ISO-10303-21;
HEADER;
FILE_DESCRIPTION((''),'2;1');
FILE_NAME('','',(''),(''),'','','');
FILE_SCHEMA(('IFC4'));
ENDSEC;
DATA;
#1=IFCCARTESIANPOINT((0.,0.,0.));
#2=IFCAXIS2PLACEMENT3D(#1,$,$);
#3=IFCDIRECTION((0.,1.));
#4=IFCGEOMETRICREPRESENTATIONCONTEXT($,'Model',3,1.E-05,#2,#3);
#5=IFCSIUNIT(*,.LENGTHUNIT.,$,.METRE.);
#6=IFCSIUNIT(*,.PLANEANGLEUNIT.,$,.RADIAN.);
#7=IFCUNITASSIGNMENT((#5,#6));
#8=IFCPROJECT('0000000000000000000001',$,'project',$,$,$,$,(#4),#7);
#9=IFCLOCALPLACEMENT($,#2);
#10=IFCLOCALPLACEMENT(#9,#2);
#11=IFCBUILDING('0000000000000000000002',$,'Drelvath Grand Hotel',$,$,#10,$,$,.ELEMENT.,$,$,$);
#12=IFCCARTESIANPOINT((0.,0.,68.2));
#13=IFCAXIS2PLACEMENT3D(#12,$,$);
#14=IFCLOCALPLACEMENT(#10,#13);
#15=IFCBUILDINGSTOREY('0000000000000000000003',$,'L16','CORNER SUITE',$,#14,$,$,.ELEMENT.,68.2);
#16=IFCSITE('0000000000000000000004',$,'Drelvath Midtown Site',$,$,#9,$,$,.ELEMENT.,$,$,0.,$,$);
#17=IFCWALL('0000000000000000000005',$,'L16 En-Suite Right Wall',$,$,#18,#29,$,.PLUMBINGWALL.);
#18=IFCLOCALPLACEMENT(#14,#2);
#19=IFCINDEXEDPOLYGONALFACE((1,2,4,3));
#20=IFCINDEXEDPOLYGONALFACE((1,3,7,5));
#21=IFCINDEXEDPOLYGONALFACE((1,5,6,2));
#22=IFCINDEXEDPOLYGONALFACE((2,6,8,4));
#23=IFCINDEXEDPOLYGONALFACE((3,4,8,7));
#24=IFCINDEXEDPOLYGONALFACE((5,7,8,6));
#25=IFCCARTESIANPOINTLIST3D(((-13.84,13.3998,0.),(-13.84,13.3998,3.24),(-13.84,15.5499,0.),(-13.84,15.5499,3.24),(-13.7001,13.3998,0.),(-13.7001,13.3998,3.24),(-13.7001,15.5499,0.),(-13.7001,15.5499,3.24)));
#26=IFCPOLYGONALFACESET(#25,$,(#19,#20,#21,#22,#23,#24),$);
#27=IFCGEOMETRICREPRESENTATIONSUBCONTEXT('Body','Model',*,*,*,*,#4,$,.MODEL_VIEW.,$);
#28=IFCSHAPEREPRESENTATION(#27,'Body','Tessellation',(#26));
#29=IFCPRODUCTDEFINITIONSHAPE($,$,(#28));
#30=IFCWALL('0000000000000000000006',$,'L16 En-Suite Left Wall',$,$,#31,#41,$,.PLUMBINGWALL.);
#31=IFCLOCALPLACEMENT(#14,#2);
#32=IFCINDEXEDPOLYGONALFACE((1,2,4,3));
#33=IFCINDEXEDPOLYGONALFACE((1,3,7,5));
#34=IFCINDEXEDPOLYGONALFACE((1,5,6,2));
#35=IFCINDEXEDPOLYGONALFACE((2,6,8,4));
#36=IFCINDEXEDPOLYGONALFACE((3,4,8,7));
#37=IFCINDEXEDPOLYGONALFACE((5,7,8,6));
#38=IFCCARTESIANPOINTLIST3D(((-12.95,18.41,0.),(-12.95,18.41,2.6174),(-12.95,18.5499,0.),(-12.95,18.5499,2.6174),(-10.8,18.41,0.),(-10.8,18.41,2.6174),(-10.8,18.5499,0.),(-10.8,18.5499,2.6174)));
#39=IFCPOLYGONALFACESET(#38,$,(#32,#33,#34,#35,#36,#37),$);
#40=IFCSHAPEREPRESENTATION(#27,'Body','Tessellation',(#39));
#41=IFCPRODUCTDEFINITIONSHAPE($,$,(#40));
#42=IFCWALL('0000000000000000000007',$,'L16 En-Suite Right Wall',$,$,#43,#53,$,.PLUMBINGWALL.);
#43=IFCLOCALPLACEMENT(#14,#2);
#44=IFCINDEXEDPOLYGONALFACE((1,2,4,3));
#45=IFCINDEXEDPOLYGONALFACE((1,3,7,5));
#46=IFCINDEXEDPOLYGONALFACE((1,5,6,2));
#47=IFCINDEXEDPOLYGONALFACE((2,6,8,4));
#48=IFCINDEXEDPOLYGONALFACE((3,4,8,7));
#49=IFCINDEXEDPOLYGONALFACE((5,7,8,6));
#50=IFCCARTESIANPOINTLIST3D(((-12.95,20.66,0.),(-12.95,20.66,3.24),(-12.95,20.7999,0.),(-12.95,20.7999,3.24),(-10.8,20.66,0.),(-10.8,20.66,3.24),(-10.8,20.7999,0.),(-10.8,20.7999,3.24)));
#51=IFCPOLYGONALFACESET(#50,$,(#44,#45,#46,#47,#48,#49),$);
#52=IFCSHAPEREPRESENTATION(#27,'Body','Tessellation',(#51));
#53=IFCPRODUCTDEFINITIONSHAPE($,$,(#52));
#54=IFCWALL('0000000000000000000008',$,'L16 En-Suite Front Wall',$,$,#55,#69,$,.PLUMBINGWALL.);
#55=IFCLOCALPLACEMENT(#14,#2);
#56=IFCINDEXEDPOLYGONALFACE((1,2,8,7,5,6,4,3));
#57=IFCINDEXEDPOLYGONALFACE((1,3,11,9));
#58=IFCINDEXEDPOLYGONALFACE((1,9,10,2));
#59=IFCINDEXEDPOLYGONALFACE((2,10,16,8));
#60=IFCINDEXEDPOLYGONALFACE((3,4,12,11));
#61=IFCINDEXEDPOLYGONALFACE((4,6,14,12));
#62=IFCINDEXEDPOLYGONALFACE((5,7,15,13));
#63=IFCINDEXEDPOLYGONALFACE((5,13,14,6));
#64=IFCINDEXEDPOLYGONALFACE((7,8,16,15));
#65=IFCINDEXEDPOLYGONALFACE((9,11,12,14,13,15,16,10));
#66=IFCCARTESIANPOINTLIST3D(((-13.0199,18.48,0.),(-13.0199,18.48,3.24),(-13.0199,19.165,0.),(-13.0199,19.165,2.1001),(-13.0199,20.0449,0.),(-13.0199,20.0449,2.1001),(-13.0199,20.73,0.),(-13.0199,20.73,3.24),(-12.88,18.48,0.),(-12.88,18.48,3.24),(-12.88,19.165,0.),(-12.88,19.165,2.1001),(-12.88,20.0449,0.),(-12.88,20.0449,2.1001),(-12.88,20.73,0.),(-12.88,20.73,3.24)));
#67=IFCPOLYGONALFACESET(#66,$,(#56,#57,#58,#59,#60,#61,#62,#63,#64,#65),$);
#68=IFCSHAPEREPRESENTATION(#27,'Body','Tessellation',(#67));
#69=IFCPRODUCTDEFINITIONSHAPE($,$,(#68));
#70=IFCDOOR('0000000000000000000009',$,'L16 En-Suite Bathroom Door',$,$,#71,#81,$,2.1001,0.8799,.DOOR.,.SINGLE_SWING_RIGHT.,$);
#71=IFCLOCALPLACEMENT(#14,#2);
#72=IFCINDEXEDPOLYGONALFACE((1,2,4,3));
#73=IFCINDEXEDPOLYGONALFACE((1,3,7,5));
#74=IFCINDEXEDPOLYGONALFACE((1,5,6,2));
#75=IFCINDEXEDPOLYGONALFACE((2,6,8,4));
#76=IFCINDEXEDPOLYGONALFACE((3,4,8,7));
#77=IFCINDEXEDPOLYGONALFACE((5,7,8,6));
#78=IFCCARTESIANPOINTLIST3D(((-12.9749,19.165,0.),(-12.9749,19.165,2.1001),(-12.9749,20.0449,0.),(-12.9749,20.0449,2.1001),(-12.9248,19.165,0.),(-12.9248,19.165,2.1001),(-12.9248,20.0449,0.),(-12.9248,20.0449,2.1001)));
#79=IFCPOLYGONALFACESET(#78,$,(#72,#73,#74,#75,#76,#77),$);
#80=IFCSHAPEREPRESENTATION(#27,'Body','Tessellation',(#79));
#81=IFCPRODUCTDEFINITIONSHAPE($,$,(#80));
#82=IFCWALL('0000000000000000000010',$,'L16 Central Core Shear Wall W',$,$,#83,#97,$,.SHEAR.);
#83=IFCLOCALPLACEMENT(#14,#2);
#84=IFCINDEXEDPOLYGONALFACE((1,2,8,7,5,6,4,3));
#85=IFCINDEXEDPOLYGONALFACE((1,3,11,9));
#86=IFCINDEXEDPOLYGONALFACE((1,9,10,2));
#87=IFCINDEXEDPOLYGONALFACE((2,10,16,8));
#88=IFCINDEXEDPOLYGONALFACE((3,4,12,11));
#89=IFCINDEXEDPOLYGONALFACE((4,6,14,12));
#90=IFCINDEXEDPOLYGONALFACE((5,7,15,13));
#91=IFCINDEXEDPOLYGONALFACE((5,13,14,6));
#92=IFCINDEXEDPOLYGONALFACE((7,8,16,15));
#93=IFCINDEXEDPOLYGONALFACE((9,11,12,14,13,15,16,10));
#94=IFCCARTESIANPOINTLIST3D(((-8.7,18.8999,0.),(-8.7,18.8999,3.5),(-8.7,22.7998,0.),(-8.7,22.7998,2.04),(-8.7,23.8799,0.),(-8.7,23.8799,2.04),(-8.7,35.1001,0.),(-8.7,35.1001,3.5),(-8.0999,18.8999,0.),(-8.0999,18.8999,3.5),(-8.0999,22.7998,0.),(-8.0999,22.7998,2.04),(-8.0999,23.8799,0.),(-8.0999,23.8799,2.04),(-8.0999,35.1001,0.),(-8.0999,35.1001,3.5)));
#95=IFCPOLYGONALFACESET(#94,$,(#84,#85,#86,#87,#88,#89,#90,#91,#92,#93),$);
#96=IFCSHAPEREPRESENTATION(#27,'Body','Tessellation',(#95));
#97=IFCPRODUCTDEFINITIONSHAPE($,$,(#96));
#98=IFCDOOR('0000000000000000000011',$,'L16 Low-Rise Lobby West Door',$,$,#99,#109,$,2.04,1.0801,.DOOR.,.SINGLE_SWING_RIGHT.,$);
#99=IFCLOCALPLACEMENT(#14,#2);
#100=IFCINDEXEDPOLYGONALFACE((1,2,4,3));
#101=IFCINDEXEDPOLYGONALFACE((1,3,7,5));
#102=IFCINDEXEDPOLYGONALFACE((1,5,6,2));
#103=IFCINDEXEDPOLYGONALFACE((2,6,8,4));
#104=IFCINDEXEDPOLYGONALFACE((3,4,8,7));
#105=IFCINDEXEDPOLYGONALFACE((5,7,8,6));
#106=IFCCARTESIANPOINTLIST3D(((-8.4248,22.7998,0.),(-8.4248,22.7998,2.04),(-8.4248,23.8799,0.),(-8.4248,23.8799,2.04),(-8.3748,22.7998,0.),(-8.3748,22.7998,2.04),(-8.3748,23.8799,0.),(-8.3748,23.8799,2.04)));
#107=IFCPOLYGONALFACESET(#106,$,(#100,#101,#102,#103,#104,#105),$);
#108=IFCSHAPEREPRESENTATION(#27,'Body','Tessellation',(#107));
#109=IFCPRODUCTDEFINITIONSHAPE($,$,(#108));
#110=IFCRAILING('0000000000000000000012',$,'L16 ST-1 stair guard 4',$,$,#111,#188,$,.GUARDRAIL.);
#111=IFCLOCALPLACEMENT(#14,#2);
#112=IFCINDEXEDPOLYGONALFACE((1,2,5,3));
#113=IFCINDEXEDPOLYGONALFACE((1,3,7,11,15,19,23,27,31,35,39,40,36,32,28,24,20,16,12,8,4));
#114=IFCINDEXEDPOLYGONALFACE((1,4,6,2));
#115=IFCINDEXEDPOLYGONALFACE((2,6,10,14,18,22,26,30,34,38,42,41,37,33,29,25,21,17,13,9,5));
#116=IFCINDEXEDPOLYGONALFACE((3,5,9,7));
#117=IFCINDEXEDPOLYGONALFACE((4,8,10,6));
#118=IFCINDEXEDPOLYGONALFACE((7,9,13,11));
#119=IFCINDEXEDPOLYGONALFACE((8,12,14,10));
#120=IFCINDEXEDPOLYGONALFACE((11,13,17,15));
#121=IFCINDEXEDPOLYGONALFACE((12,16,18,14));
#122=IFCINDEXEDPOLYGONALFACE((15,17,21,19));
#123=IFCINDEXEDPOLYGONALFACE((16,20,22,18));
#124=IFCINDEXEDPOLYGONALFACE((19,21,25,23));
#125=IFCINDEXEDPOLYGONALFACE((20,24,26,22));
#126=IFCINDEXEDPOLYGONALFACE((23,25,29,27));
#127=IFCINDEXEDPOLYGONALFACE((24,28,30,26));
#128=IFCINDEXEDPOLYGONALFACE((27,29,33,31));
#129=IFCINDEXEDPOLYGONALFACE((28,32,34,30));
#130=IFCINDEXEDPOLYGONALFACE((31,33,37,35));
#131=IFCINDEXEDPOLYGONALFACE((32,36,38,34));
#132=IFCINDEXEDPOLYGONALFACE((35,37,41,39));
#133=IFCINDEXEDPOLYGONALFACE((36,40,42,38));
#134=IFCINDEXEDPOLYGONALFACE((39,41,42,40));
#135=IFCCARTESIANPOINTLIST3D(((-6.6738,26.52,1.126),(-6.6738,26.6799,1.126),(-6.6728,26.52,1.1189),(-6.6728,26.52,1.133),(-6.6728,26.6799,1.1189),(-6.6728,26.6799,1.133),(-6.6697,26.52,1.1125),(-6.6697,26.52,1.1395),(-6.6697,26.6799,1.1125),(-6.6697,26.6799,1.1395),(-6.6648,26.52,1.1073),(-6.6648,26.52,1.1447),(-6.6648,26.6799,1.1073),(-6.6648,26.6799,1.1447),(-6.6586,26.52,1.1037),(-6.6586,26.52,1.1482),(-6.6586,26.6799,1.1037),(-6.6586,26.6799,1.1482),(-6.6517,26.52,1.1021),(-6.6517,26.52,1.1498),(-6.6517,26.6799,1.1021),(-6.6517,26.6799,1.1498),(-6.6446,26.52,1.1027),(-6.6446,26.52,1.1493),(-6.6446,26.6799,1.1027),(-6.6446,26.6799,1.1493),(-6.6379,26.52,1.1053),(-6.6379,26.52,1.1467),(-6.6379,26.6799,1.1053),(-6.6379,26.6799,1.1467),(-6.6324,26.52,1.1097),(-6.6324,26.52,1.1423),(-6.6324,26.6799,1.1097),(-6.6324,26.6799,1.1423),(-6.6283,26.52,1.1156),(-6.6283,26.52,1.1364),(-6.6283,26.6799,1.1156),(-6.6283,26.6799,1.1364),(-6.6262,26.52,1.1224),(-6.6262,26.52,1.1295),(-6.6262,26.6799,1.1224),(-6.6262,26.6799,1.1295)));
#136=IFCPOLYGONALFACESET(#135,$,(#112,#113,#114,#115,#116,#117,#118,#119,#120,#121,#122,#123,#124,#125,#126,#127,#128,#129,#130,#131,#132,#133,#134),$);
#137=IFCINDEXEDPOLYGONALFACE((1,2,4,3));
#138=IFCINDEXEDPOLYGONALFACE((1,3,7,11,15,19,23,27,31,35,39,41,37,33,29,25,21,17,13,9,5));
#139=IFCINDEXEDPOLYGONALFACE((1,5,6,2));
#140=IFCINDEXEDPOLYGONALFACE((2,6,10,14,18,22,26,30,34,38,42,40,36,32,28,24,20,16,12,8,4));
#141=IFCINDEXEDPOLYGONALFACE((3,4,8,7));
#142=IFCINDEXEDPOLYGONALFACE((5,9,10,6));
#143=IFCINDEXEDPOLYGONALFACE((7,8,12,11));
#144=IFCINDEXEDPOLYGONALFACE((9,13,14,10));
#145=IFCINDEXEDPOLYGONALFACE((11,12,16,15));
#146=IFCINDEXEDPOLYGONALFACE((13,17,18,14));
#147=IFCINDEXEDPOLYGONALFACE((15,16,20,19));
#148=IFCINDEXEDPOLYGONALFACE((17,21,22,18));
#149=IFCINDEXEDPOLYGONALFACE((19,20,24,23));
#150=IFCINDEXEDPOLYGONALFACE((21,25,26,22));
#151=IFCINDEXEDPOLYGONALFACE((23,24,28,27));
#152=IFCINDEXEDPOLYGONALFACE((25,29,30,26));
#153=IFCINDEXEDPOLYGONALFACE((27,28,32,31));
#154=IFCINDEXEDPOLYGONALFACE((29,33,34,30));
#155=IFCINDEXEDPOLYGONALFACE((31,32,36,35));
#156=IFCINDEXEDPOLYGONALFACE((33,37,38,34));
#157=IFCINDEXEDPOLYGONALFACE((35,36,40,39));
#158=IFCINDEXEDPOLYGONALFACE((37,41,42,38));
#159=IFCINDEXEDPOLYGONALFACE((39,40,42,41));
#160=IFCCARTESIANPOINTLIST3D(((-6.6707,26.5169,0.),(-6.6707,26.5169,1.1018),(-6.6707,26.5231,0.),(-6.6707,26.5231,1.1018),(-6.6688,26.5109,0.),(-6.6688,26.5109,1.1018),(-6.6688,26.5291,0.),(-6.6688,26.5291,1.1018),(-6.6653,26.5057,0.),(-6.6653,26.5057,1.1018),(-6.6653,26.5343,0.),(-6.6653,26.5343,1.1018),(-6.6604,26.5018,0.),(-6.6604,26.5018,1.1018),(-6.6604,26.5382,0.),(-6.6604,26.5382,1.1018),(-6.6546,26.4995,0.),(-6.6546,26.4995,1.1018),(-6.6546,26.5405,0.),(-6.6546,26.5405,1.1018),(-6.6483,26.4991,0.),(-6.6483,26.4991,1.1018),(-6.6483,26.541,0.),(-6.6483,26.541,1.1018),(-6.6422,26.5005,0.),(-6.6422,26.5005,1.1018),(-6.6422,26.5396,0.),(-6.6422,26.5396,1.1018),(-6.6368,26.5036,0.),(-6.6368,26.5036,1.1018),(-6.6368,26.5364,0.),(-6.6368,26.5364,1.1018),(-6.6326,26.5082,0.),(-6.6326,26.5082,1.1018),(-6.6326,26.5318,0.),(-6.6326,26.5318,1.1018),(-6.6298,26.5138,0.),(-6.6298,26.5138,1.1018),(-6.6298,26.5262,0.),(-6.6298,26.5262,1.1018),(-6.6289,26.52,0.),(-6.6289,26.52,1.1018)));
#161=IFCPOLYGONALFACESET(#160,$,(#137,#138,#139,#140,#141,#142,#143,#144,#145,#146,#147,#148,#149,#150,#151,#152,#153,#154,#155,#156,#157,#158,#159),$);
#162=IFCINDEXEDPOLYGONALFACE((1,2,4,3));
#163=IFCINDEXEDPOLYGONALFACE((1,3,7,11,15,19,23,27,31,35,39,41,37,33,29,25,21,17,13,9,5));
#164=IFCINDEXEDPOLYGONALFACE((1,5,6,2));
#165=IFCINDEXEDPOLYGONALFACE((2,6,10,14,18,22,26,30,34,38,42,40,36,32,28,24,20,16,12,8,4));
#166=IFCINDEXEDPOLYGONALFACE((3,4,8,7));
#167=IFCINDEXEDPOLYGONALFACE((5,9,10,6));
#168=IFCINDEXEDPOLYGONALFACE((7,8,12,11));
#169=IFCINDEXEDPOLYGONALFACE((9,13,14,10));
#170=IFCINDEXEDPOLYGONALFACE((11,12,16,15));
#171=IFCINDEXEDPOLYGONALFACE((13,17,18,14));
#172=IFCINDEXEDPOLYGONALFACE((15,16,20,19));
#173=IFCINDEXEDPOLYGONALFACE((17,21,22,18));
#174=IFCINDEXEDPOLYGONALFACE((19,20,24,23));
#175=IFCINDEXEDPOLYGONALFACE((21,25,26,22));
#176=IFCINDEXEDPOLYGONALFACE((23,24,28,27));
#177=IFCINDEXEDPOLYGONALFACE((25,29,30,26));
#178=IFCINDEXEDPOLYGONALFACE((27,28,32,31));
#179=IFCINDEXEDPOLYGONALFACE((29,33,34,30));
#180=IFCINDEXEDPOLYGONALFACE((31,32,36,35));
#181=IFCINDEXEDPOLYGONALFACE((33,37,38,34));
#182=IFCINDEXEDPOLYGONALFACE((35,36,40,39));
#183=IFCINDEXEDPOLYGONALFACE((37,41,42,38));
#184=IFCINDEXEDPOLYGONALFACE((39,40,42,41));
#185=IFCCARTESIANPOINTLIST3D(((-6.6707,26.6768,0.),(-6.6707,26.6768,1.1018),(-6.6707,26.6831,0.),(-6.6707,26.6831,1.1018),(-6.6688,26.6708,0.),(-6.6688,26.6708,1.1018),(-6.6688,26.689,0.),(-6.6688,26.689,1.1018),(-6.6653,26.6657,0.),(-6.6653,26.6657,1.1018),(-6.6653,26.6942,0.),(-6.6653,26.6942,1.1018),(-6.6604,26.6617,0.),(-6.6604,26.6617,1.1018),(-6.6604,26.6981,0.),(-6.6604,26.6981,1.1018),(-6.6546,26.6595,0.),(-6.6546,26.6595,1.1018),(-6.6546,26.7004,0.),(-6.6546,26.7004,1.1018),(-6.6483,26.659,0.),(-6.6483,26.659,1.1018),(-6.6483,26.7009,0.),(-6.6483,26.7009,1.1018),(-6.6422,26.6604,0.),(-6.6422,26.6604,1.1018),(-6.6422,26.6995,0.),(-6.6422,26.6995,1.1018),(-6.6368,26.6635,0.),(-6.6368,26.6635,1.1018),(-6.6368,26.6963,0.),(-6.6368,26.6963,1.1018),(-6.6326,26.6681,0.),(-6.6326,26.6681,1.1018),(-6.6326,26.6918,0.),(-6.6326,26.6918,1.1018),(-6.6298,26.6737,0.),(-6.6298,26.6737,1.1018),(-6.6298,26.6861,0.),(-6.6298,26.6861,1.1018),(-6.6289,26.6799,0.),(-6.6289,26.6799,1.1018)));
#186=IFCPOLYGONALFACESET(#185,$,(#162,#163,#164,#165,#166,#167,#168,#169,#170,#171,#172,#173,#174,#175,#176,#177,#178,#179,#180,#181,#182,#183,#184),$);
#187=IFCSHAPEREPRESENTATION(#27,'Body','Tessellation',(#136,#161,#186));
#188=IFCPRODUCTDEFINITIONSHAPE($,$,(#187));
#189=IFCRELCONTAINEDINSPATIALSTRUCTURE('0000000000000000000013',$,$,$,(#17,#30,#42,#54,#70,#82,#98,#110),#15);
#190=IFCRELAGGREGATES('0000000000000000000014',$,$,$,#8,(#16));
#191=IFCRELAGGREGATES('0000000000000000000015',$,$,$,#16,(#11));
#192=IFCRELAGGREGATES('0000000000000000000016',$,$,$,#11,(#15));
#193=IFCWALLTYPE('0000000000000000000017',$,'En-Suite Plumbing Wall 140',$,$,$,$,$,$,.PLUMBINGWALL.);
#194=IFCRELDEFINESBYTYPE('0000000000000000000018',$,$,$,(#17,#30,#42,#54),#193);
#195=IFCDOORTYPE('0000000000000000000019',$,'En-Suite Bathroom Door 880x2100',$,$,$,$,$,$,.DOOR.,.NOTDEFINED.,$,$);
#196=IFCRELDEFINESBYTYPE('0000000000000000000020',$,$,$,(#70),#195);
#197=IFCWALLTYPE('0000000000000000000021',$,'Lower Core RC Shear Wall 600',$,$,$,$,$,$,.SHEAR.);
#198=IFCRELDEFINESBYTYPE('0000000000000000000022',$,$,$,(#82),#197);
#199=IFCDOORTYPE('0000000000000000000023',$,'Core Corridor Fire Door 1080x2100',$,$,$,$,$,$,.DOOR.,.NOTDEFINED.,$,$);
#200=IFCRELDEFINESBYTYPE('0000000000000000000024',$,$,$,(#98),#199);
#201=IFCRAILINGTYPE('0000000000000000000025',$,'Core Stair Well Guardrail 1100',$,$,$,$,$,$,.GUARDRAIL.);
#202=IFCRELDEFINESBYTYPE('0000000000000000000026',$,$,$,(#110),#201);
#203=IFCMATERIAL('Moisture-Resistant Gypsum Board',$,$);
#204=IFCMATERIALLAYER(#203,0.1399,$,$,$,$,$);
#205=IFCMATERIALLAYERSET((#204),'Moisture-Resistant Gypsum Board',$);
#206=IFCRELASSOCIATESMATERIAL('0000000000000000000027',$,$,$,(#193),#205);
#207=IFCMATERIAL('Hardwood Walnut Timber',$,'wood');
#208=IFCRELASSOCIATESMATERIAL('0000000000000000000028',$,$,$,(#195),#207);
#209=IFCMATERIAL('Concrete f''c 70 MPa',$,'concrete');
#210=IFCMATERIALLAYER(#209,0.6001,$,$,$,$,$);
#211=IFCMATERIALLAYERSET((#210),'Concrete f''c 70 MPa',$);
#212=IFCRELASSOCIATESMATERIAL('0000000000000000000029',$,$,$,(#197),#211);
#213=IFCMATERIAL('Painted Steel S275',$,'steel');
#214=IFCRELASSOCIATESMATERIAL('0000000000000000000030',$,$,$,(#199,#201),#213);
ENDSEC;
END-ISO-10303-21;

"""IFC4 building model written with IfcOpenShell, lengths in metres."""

from ifc_helpers import new_model, si_unit, direction, frame, frame_2d, origin, origin_2d, place, context, subcontext, project, spatial, rectangle, circle, extrude, material, layer, layer_set, type_object, element, fill, save


model = new_model("IFC4")

# Units and contexts
model_context = context("Model", 3, precision=1e-05, world=origin(), true_north=direction((0.0, 1.0)))
body_context = subcontext(model_context, "Body", "Model", "MODEL_VIEW")
ifc_project = project(units=[si_unit("LENGTHUNIT", "METRE"), si_unit("PLANEANGLEUNIT", "RADIAN")], contexts=[model_context])

# Site, building, storey
site_placement = place(None, origin())
site = spatial("IfcSite", under=ifc_project, at=site_placement, Name="Drelvath Midtown Site", CompositionType="ELEMENT", RefElevation=0.0)
building_placement = place(site_placement, origin())
building = spatial("IfcBuilding", under=site, at=building_placement, Name="Drelvath Grand Hotel", CompositionType="ELEMENT")
storey_placement = place(building_placement, frame((0.0, 0.0, 68.2)))
storey = spatial("IfcBuildingStorey", under=building, at=storey_placement, Name="L16", Description="CORNER SUITE", CompositionType="ELEMENT", Elevation=68.2)

# Shared definitions
ifc_material_1 = material(Name="Concrete f'c 70 MPa", Category="concrete")

# Shared definitions
ifc_material_2 = material(Name="Painted Steel S275", Category="steel")

# Shared definitions
ifc_material_3 = material(Name="Hardwood Walnut Timber", Category="wood")

# Walls
ifc_material_4 = material(Name="Moisture-Resistant Gypsum Board")
ifc_layer_1 = layer(ifc_material_4, 0.1399)
ifc_layer_set_1 = layer_set([ifc_layer_1], Name="Moisture-Resistant Gypsum Board")
wall_type_1 = type_object("IfcWallType", Name="En-Suite Plumbing Wall 140", PredefinedType="PLUMBINGWALL", material=ifc_layer_set_1)
wall_1_placement = place(storey_placement, frame((-13.77, 15.55, 0.0), z_axis=(0.0, 0.0, 1.0), x_axis=(0.0, -1.0, 0.0)))
element("IfcWall", 1, at=wall_1_placement, inside=storey, type_object=wall_type_1, Name="L16 En-Suite Right Wall", PredefinedType="PLUMBINGWALL", context=body_context, shape_type="SweptSolid", body=[
    extrude(rectangle(XDim=2.1501, YDim=0.1399, at=frame_2d((1.0752, 0.0))), origin(), (0.0, 0.0, 1.0), 3.24),
])
wall_2_placement = place(storey_placement, frame((-10.8, 18.48, 0.0), z_axis=(0.0, 0.0, 1.0), x_axis=(-1.0, 0.0, 0.0)))
element("IfcWall", 2, at=wall_2_placement, inside=storey, type_object=wall_type_1, Name="L16 En-Suite Left Wall", PredefinedType="PLUMBINGWALL", context=body_context, shape_type="SweptSolid", body=[
    extrude(rectangle(XDim=2.1499, YDim=0.1399, at=frame_2d((1.075, 0.0))), origin(), (0.0, 0.0, 1.0), 2.6174),
])
wall_3_placement = place(storey_placement, frame((-10.8, 20.73, 0.0), z_axis=(0.0, 0.0, 1.0), x_axis=(-1.0, 0.0, 0.0)))
element("IfcWall", 3, at=wall_3_placement, inside=storey, type_object=wall_type_1, Name="L16 En-Suite Right Wall", PredefinedType="PLUMBINGWALL", context=body_context, shape_type="SweptSolid", body=[
    extrude(rectangle(XDim=2.1499, YDim=0.1399, at=frame_2d((1.075, 0.0))), origin(), (0.0, 0.0, 1.0), 3.24),
])

# Walls, openings, doors
wall_4_placement = place(storey_placement, frame((-12.95, 18.48, 0.0), z_axis=(0.0, 0.0, 1.0), x_axis=(0.0, 1.0, 0.0)))
wall_4 = element("IfcWall", 4, at=wall_4_placement, inside=storey, type_object=wall_type_1, Name="L16 En-Suite Front Wall", PredefinedType="PLUMBINGWALL", context=body_context, shape_type="SweptSolid", body=[
    extrude(rectangle(XDim=2.25, YDim=0.1399, at=frame_2d((1.125, 0.0))), origin(), (0.0, 0.0, 1.0), 3.24),
])
opening_1_placement = place(wall_4_placement, frame((0.6851, 0.0, 0.0)))
opening_1 = element("IfcOpeningElement", 5, at=opening_1_placement, cuts=wall_4, PredefinedType="OPENING", context=body_context, shape_type="SweptSolid", body=[
    extrude(rectangle(XDim=0.8799, YDim=2.1001, at=frame_2d((0.4399, 1.05))), frame((0.0, 0.0798, 0.0), z_axis=(0.0, -1.0, 0.0), x_axis=(1.0, 0.0, 0.0)), (0.0, 0.0, 1.0), 0.1599),
])
door_type_1 = type_object("IfcDoorType", Name="En-Suite Bathroom Door 880x2100", OperationType="NOTDEFINED", PredefinedType="DOOR", material=ifc_material_3)
door_1_placement = place(opening_1_placement, origin())
door_1 = element("IfcDoor", 6, at=door_1_placement, inside=storey, type_object=door_type_1, Name="L16 En-Suite Bathroom Door", OperationType="SINGLE_SWING_RIGHT", OverallHeight=2.1001, OverallWidth=0.8799, PredefinedType="DOOR", context=body_context, shape_type="SweptSolid", body=[
    extrude(rectangle(XDim=0.8799, YDim=2.1001, at=frame_2d((0.4399, 1.05))), frame((0.0, 0.0249, 0.0), z_axis=(0.0, -1.0, 0.0), x_axis=(1.0, 0.0, 0.0)), (0.0, 0.0, 1.0), 0.05),
])
fill(opening_1, door_1)
ifc_layer_2 = layer(ifc_material_1, 0.6001)
ifc_layer_set_2 = layer_set([ifc_layer_2], Name="Concrete f'c 70 MPa")
wall_type_2 = type_object("IfcWallType", Name="Lower Core RC Shear Wall 600", PredefinedType="SHEAR", material=ifc_layer_set_2)
wall_5_placement = place(storey_placement, frame((-8.3999, 18.8999, 0.0), z_axis=(0.0, 0.0, 1.0), x_axis=(0.0, 1.0, 0.0)))
wall_5 = element("IfcWall", 7, at=wall_5_placement, inside=storey, type_object=wall_type_2, Name="L16 Central Core Shear Wall W", PredefinedType="SHEAR", context=body_context, shape_type="SweptSolid", body=[
    extrude(rectangle(XDim=16.2002, YDim=0.6001, at=frame_2d((8.1001, 0.0))), origin(), (0.0, 0.0, 1.0), 3.5),
])
opening_2_placement = place(wall_5_placement, frame((3.8999, 0.0, 0.0)))
opening_2 = element("IfcOpeningElement", 8, at=opening_2_placement, cuts=wall_5, PredefinedType="OPENING", context=body_context, shape_type="SweptSolid", body=[
    extrude(rectangle(XDim=1.0801, YDim=2.04, at=frame_2d((0.54, 1.02))), frame((0.0, 0.3101, 0.0), z_axis=(0.0, -1.0, 0.0), x_axis=(1.0, 0.0, 0.0)), (0.0, 0.0, 1.0), 0.6201),
])
door_type_2 = type_object("IfcDoorType", Name="Core Corridor Fire Door 1080x2100", OperationType="NOTDEFINED", PredefinedType="DOOR", material=ifc_material_2)
door_2_placement = place(opening_2_placement, origin())
door_2 = element("IfcDoor", 9, at=door_2_placement, inside=storey, type_object=door_type_2, Name="L16 Low-Rise Lobby West Door", OperationType="SINGLE_SWING_RIGHT", OverallHeight=2.04, OverallWidth=1.0801, PredefinedType="DOOR", context=body_context, shape_type="SweptSolid", body=[
    extrude(rectangle(XDim=1.0801, YDim=2.04, at=frame_2d((0.54, 1.02))), frame((0.0, 0.0249, 0.0), z_axis=(0.0, -1.0, 0.0), x_axis=(1.0, 0.0, 0.0)), (0.0, 0.0, 1.0), 0.05),
])
fill(opening_2, door_2)

# Railing
railing_type = type_object("IfcRailingType", Name="Core Stair Well Guardrail 1100", PredefinedType="GUARDRAIL", material=ifc_material_2)
railing_placement = place(storey_placement, frame((-6.6499, 26.52, 0.0)))
element("IfcRailing", 10, at=railing_placement, inside=storey, type_object=railing_type, Name="L16 ST-1 stair guard 4", PredefinedType="GUARDRAIL", context=body_context, shape_type="SweptSolid", body=[
    extrude(circle(Radius=0.0239, at=origin_2d()), frame((0.0, 0.0, 1.126), z_axis=(0.0, 1.0, 0.0), x_axis=(-1.0, 0.0, 0.0)), (0.0, 0.0, 1.0), 0.1599),
    extrude(circle(Radius=0.021, at=origin_2d()), origin(), (0.0, 0.0, 1.0), 1.1018),
    extrude(circle(Radius=0.021, at=origin_2d()), frame((0.0, 0.1599, 0.0)), (0.0, 0.0, 1.0), 1.1018),
])

save(model, "model.ifc")
